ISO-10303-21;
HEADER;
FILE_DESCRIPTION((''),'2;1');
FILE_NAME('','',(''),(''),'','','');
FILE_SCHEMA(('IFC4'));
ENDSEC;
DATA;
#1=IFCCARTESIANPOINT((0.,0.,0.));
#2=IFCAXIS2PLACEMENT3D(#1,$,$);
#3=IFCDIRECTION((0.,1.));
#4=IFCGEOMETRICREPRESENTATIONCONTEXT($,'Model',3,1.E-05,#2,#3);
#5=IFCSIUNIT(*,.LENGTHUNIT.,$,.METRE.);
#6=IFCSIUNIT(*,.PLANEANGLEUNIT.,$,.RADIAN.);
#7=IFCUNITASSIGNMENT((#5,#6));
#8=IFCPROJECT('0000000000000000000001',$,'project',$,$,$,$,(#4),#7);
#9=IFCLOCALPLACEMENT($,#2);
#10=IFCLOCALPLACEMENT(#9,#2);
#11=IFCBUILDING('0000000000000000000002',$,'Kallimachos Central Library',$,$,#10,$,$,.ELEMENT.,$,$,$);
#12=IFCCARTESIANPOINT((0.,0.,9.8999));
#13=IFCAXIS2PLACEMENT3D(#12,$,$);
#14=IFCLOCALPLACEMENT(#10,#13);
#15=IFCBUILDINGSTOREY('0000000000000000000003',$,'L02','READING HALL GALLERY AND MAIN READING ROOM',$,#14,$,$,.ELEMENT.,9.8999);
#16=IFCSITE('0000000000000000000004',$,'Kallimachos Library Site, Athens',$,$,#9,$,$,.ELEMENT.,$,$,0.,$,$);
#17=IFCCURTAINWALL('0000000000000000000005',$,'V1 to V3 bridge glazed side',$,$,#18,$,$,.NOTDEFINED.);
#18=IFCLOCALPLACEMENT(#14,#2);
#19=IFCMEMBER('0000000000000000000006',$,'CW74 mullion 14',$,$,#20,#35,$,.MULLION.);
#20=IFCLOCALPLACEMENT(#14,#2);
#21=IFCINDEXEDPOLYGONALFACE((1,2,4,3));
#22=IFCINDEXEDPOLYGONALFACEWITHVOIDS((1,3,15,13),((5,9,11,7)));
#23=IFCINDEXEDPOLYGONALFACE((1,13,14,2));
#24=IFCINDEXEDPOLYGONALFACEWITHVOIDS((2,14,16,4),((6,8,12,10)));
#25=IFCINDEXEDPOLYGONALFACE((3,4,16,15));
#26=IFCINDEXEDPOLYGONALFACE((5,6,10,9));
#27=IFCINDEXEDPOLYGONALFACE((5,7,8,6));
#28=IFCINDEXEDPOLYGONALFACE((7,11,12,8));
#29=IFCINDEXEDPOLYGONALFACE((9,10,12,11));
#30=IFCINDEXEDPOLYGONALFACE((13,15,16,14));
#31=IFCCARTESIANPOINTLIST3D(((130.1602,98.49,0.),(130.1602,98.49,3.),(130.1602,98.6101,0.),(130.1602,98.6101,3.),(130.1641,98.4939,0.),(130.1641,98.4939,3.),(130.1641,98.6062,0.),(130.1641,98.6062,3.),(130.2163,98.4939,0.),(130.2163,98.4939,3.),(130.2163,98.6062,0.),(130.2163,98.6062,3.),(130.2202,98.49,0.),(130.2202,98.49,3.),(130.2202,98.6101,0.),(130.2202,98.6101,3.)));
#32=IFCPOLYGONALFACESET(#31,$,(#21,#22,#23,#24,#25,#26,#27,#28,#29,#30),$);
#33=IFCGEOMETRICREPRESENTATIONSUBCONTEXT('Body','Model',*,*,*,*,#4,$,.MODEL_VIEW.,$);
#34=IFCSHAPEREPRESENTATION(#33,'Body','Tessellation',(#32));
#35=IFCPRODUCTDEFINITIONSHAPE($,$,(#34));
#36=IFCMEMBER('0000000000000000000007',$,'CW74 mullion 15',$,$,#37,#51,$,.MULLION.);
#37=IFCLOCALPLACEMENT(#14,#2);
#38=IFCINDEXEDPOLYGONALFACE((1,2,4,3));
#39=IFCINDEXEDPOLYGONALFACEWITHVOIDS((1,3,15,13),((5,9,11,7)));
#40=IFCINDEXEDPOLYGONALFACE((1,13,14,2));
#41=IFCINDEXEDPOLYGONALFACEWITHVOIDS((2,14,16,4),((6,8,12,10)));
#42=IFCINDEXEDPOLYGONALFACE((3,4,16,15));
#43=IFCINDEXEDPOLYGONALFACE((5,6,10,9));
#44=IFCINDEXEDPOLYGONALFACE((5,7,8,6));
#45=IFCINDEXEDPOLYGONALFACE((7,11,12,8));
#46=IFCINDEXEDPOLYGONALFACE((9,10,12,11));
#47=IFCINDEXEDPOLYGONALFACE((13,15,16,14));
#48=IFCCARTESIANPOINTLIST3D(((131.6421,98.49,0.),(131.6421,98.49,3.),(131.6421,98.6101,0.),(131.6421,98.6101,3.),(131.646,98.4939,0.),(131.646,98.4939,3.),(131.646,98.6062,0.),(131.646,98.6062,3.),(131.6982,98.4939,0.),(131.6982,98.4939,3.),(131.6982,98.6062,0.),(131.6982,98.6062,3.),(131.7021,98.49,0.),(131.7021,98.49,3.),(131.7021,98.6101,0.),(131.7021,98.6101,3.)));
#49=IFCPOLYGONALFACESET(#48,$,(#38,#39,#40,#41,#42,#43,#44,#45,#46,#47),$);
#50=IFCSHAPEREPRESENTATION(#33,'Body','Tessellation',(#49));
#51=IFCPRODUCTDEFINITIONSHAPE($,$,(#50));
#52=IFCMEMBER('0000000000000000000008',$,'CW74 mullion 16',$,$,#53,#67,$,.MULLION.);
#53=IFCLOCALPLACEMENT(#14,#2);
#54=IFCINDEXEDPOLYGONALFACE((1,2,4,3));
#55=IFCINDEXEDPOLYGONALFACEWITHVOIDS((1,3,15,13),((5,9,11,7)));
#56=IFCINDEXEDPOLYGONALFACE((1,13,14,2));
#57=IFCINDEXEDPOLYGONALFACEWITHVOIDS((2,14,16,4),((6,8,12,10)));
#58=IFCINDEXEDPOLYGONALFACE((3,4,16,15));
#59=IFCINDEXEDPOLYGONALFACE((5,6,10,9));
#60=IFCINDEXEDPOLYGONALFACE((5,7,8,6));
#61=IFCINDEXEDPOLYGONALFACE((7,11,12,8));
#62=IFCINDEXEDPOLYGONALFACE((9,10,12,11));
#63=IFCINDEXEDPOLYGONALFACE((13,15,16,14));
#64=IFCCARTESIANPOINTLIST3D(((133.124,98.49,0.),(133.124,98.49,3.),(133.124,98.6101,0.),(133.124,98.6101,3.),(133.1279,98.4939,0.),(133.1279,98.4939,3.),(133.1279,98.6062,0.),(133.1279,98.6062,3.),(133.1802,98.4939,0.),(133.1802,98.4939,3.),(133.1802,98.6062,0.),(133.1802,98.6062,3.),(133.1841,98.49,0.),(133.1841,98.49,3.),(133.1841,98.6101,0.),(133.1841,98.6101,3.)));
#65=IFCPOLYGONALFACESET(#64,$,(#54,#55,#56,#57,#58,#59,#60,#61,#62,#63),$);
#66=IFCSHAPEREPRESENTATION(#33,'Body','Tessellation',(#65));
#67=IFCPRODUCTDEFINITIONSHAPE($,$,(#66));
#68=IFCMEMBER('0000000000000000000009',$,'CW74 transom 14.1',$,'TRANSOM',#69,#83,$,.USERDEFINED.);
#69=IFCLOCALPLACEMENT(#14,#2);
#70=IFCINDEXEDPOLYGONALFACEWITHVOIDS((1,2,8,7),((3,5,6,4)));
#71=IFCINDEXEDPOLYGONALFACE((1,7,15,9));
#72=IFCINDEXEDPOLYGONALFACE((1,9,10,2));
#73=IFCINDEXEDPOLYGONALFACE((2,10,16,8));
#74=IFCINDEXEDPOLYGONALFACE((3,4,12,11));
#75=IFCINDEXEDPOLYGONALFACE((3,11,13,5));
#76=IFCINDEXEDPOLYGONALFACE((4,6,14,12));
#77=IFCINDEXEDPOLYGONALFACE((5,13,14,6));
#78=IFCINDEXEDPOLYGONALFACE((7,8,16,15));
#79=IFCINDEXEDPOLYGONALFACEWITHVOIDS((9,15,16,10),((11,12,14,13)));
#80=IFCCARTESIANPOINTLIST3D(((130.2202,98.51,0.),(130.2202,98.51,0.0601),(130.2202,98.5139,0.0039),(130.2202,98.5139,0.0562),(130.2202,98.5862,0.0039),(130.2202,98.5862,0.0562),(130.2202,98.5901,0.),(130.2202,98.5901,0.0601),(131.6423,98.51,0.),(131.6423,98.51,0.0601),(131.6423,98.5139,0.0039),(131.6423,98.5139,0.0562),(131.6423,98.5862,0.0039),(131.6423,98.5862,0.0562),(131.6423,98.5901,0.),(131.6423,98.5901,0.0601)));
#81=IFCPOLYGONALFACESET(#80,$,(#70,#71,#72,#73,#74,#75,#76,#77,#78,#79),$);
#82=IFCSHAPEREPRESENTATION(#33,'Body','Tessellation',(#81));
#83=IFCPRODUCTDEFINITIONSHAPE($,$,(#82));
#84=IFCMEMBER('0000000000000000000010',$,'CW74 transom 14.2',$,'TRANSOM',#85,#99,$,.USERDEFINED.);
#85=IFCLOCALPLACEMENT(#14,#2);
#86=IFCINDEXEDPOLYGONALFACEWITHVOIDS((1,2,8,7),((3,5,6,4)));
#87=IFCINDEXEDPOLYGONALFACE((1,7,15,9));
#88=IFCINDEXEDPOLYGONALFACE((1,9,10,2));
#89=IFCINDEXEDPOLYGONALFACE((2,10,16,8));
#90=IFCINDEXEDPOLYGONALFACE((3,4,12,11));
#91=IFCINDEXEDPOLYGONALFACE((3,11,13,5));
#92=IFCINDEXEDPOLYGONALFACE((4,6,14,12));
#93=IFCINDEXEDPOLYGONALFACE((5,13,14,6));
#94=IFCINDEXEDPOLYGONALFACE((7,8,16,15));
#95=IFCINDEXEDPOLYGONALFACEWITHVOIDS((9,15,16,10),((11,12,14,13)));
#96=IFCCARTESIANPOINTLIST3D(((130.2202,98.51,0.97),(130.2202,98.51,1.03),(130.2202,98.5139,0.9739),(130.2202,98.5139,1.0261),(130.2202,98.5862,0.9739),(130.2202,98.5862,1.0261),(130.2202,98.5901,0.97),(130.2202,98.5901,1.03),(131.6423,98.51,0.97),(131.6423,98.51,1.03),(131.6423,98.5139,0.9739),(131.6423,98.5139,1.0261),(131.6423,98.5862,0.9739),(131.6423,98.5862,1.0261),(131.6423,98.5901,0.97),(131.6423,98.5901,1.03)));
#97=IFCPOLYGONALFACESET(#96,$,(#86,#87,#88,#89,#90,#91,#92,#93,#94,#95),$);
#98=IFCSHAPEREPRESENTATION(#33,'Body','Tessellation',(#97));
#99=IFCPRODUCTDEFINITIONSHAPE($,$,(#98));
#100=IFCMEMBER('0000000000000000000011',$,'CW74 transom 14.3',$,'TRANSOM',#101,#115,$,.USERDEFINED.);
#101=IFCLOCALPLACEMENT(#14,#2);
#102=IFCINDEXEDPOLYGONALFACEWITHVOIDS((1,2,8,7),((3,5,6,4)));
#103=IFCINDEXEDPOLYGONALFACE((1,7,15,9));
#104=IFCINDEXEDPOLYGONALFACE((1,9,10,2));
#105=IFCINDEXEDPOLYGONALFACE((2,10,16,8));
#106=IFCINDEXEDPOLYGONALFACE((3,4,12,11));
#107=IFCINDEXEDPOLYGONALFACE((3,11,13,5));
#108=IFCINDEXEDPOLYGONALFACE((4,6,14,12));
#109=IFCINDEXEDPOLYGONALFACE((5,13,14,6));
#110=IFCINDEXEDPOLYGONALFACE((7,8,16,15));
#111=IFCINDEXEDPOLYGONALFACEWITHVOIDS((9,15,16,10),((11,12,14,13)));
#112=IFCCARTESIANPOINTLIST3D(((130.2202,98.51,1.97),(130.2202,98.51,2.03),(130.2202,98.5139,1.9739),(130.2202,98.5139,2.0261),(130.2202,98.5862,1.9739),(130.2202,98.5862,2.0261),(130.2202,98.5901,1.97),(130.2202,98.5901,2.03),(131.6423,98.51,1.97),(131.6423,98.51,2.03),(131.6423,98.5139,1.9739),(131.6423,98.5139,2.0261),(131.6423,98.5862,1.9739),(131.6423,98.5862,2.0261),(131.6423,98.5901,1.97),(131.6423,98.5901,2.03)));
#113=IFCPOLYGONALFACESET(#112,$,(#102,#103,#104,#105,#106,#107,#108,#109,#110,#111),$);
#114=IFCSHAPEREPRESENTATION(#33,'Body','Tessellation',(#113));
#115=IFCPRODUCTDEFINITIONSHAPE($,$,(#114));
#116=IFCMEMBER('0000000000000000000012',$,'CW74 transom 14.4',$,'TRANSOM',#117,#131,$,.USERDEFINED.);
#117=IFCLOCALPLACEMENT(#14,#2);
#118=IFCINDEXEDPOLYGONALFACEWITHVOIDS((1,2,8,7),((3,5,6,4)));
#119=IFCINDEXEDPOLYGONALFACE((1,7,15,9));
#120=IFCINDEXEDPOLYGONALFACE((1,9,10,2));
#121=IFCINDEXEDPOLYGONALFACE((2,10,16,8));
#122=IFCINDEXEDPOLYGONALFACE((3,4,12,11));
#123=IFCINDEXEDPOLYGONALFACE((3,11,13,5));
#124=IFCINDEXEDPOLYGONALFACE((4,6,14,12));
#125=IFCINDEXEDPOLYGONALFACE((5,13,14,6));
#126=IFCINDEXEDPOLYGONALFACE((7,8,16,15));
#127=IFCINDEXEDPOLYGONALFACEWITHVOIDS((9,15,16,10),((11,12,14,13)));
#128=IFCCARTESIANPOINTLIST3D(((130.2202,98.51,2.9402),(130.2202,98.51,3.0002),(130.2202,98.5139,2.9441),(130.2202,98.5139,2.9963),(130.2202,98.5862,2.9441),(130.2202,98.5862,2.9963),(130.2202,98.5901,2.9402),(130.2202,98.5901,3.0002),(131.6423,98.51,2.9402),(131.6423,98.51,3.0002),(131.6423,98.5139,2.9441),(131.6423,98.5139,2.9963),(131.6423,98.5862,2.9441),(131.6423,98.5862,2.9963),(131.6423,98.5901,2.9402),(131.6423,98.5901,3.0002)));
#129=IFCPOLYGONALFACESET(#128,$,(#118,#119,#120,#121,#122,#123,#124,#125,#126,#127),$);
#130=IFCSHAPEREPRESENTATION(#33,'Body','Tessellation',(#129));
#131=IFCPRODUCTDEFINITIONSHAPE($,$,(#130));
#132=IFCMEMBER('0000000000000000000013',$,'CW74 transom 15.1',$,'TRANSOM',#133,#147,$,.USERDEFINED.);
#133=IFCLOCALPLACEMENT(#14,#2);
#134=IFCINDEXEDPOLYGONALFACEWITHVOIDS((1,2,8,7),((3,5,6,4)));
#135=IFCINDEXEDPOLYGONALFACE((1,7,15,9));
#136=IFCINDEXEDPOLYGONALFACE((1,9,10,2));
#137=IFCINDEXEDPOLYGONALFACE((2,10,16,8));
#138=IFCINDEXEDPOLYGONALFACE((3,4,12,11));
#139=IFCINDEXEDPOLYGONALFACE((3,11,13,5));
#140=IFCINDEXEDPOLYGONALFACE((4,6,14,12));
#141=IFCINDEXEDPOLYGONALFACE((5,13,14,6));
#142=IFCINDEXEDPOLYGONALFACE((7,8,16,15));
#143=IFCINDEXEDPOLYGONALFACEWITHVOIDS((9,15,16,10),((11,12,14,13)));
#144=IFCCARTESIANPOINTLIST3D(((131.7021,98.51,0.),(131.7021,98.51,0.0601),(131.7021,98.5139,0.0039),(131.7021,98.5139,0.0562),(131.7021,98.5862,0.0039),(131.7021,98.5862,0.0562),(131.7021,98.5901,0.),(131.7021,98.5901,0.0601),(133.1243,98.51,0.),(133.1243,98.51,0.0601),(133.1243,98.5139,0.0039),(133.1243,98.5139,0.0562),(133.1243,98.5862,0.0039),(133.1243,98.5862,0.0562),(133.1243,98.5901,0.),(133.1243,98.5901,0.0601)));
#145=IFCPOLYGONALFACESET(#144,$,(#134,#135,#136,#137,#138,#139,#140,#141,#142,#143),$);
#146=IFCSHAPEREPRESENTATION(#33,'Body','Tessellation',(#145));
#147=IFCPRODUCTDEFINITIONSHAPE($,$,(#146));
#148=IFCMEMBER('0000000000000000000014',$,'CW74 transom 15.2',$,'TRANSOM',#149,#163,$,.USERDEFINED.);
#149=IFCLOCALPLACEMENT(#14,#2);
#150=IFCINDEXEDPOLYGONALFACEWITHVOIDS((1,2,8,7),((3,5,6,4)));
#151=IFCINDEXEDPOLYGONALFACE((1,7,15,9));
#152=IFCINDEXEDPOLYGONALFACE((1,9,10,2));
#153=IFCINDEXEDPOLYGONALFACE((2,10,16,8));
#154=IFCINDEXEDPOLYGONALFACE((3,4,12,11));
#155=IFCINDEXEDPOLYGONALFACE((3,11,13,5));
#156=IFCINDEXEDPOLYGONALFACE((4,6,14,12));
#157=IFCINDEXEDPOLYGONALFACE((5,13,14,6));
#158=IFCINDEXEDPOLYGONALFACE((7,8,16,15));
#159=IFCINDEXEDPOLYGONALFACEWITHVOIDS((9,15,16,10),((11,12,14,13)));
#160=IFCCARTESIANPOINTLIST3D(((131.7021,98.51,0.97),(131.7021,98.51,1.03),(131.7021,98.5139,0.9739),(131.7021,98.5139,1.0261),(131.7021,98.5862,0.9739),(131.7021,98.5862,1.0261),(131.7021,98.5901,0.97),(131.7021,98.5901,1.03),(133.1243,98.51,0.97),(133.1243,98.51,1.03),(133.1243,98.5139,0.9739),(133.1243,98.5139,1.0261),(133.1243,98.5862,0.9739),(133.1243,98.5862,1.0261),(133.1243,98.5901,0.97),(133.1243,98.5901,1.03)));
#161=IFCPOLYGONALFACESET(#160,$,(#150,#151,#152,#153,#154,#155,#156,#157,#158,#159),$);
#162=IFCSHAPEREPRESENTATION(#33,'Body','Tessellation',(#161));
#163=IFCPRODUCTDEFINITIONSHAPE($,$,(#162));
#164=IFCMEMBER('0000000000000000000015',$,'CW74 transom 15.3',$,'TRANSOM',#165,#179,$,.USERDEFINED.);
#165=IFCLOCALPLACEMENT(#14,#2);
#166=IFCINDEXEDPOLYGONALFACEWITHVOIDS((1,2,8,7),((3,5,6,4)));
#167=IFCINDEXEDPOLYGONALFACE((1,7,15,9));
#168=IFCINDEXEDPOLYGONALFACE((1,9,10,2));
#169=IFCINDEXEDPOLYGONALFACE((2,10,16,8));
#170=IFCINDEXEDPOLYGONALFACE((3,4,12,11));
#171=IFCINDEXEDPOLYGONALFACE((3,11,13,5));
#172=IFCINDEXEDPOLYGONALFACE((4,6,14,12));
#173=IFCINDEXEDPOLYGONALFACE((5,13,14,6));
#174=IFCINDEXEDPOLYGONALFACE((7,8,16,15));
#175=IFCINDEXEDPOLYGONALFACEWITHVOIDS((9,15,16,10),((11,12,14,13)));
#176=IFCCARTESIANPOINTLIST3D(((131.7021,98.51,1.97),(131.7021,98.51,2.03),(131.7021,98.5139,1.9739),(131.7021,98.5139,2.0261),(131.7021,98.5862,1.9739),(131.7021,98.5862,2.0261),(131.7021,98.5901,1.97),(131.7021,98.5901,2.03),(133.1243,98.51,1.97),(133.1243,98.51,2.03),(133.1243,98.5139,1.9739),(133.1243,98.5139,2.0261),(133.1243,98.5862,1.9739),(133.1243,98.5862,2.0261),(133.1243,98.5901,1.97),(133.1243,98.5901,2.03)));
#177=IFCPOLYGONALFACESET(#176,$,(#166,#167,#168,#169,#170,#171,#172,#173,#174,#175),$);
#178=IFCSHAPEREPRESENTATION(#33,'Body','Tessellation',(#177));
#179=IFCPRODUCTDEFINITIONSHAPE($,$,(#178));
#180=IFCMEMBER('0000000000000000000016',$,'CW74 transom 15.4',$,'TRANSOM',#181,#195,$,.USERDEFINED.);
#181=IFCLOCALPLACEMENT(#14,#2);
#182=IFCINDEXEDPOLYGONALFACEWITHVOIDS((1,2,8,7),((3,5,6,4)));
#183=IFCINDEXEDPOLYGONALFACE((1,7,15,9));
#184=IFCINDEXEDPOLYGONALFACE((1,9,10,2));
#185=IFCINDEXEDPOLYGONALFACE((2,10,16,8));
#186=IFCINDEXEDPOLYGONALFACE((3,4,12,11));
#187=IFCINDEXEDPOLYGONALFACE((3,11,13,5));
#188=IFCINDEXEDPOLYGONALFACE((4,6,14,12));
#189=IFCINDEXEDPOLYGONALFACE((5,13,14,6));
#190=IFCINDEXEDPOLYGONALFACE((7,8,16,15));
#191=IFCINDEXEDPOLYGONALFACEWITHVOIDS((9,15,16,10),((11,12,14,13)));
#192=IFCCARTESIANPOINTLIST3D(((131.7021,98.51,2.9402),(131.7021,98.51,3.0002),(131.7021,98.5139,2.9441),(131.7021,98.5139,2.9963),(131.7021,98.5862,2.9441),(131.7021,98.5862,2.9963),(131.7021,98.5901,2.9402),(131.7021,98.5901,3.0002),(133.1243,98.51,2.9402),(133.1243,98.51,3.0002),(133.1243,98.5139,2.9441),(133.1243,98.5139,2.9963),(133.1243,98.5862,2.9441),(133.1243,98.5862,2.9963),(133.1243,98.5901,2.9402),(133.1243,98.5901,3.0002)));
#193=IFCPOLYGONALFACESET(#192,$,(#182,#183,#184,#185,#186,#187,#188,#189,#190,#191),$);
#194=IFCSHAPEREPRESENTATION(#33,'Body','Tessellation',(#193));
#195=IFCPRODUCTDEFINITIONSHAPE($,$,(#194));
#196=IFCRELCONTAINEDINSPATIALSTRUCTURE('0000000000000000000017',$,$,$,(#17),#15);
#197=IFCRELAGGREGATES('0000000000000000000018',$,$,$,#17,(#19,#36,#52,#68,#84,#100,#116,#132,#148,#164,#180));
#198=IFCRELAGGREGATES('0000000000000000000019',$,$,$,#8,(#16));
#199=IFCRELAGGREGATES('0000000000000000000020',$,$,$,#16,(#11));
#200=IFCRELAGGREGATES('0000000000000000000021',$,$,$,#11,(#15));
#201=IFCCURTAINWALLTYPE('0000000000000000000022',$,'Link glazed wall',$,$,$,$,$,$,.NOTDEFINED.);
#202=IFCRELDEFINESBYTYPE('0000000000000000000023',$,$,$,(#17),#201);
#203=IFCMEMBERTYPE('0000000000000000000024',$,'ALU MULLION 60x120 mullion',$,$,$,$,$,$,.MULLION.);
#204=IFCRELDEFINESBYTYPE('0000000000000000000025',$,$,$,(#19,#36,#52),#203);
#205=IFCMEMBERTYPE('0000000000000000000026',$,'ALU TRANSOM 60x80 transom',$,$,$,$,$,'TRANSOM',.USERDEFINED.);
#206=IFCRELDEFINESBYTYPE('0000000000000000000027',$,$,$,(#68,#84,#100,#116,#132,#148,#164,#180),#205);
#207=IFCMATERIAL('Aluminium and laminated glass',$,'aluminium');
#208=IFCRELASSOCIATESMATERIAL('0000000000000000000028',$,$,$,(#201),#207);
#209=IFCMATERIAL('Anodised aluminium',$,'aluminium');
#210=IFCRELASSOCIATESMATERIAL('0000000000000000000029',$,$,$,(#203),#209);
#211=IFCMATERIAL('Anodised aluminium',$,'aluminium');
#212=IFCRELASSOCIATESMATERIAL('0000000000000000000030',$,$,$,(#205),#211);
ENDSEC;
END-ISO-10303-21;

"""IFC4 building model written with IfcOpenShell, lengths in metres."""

from ifc_helpers import new_model, si_unit, direction, frame, origin, origin_2d, place, context, subcontext, project, spatial, hollow_rectangle, extrude, material, material_profile, profile_set, type_object, element, aggregate, save


model = new_model("IFC4")

# Units and contexts
model_context = context("Model", 3, precision=1e-05, world=origin(), true_north=direction((0.0, 1.0)))
body_context = subcontext(model_context, "Body", "Model", "MODEL_VIEW")
ifc_project = project(units=[si_unit("LENGTHUNIT", "METRE"), si_unit("PLANEANGLEUNIT", "RADIAN")], contexts=[model_context])

# Site, building, storey
site_placement = place(None, origin())
site = spatial("IfcSite", under=ifc_project, at=site_placement, Name="Kallimachos Library Site, Athens", CompositionType="ELEMENT", RefElevation=0.0)
building_placement = place(site_placement, origin())
building = spatial("IfcBuilding", under=site, at=building_placement, Name="Kallimachos Central Library", CompositionType="ELEMENT")
storey_placement = place(building_placement, frame((0.0, 0.0, 9.8999)))
storey = spatial("IfcBuildingStorey", under=building, at=storey_placement, Name="L02", Description="READING HALL GALLERY AND MAIN READING ROOM", CompositionType="ELEMENT", Elevation=9.8999)

# Curtain wall, members
ifc_material_1 = material(Name="Aluminium and laminated glass", Category="aluminium")
curtain_wall_type = type_object("IfcCurtainWallType", Name="Link glazed wall", PredefinedType="NOTDEFINED", material=ifc_material_1)
curtain_wall_placement = place(storey_placement, origin())
curtain_wall = element("IfcCurtainWall", 1, at=curtain_wall_placement, inside=storey, type_object=curtain_wall_type, Name="V1 to V3 bridge glazed side", PredefinedType="NOTDEFINED")
ifc_material_2 = material(Name="Anodised aluminium", Category="aluminium")
ifc_material_profile_1 = material_profile(ifc_material_2, hollow_rectangle(XDim=0.0601, YDim=0.1201, WallThickness=0.0039, at=origin_2d()), Name="ALU MULLION 60x120")
ifc_profile_set_1 = profile_set([ifc_material_profile_1], Name="Anodised aluminium")
member_type_1 = type_object("IfcMemberType", Name="ALU MULLION 60x120 mullion", PredefinedType="MULLION", material=ifc_profile_set_1)
member_1_placement = place(storey_placement, frame((130.1902, 98.55, 0.0), z_axis=(0.0, 0.0, 1.0), x_axis=(1.0, 0.0, 0.0)))
member_1 = element("IfcMember", 2, at=member_1_placement, type_object=member_type_1, Name="CW74 mullion 14", PredefinedType="MULLION", context=body_context, shape_type="SweptSolid", body=[
    extrude(hollow_rectangle(XDim=0.0601, YDim=0.1201, WallThickness=0.0039, at=origin_2d()), origin(), (0.0, 0.0, 1.0), 3.0),
])
member_2_placement = place(storey_placement, frame((131.6721, 98.55, 0.0), z_axis=(0.0, 0.0, 1.0), x_axis=(1.0, 0.0, 0.0)))
member_2 = element("IfcMember", 3, at=member_2_placement, type_object=member_type_1, Name="CW74 mullion 15", PredefinedType="MULLION", context=body_context, shape_type="SweptSolid", body=[
    extrude(hollow_rectangle(XDim=0.0601, YDim=0.1201, WallThickness=0.0039, at=origin_2d()), origin(), (0.0, 0.0, 1.0), 3.0),
])
member_3_placement = place(storey_placement, frame((133.1541, 98.55, 0.0), z_axis=(0.0, 0.0, 1.0), x_axis=(1.0, 0.0, 0.0)))
member_3 = element("IfcMember", 4, at=member_3_placement, type_object=member_type_1, Name="CW74 mullion 16", PredefinedType="MULLION", context=body_context, shape_type="SweptSolid", body=[
    extrude(hollow_rectangle(XDim=0.0601, YDim=0.1201, WallThickness=0.0039, at=origin_2d()), origin(), (0.0, 0.0, 1.0), 3.0),
])
ifc_material_3 = material(Name="Anodised aluminium", Category="aluminium")
ifc_material_profile_2 = material_profile(ifc_material_3, hollow_rectangle(XDim=0.0601, YDim=0.0801, WallThickness=0.0039, at=origin_2d()), Name="ALU TRANSOM 60x80")
ifc_profile_set_2 = profile_set([ifc_material_profile_2], Name="Anodised aluminium")
member_type_2 = type_object("IfcMemberType", Name="ALU TRANSOM 60x80 transom", ElementType="TRANSOM", PredefinedType="USERDEFINED", material=ifc_profile_set_2)
member_4_placement = place(storey_placement, frame((130.2202, 98.55, 0.03), z_axis=(1.0, 0.0, 0.0), x_axis=(0.0, 0.0, 1.0)))
member_4 = element("IfcMember", 5, at=member_4_placement, type_object=member_type_2, Name="CW74 transom 14.1", ObjectType="TRANSOM", PredefinedType="USERDEFINED", context=body_context, shape_type="SweptSolid", body=[
    extrude(hollow_rectangle(XDim=0.0601, YDim=0.0801, WallThickness=0.0039, at=origin_2d()), origin(), (0.0, 0.0, 1.0), 1.4221),
])
member_5_placement = place(storey_placement, frame((130.2202, 98.55, 1.0), z_axis=(1.0, 0.0, 0.0), x_axis=(0.0, 0.0, 1.0)))
member_5 = element("IfcMember", 6, at=member_5_placement, type_object=member_type_2, Name="CW74 transom 14.2", ObjectType="TRANSOM", PredefinedType="USERDEFINED", context=body_context, shape_type="SweptSolid", body=[
    extrude(hollow_rectangle(XDim=0.0601, YDim=0.0801, WallThickness=0.0039, at=origin_2d()), origin(), (0.0, 0.0, 1.0), 1.4221),
])
member_6_placement = place(storey_placement, frame((130.2202, 98.55, 2.0), z_axis=(1.0, 0.0, 0.0), x_axis=(0.0, 0.0, 1.0)))
member_6 = element("IfcMember", 7, at=member_6_placement, type_object=member_type_2, Name="CW74 transom 14.3", ObjectType="TRANSOM", PredefinedType="USERDEFINED", context=body_context, shape_type="SweptSolid", body=[
    extrude(hollow_rectangle(XDim=0.0601, YDim=0.0801, WallThickness=0.0039, at=origin_2d()), origin(), (0.0, 0.0, 1.0), 1.4221),
])
member_7_placement = place(storey_placement, frame((130.2202, 98.55, 2.9702), z_axis=(1.0, 0.0, 0.0), x_axis=(0.0, 0.0, 1.0)))
member_7 = element("IfcMember", 8, at=member_7_placement, type_object=member_type_2, Name="CW74 transom 14.4", ObjectType="TRANSOM", PredefinedType="USERDEFINED", context=body_context, shape_type="SweptSolid", body=[
    extrude(hollow_rectangle(XDim=0.0601, YDim=0.0801, WallThickness=0.0039, at=origin_2d()), origin(), (0.0, 0.0, 1.0), 1.4221),
])
member_8_placement = place(storey_placement, frame((131.7021, 98.55, 0.03), z_axis=(1.0, 0.0, 0.0), x_axis=(0.0, 0.0, 1.0)))
member_8 = element("IfcMember", 9, at=member_8_placement, type_object=member_type_2, Name="CW74 transom 15.1", ObjectType="TRANSOM", PredefinedType="USERDEFINED", context=body_context, shape_type="SweptSolid", body=[
    extrude(hollow_rectangle(XDim=0.0601, YDim=0.0801, WallThickness=0.0039, at=origin_2d()), origin(), (0.0, 0.0, 1.0), 1.4221),
])
member_9_placement = place(storey_placement, frame((131.7021, 98.55, 1.0), z_axis=(1.0, 0.0, 0.0), x_axis=(0.0, 0.0, 1.0)))
member_9 = element("IfcMember", 10, at=member_9_placement, type_object=member_type_2, Name="CW74 transom 15.2", ObjectType="TRANSOM", PredefinedType="USERDEFINED", context=body_context, shape_type="SweptSolid", body=[
    extrude(hollow_rectangle(XDim=0.0601, YDim=0.0801, WallThickness=0.0039, at=origin_2d()), origin(), (0.0, 0.0, 1.0), 1.4221),
])
member_10_placement = place(storey_placement, frame((131.7021, 98.55, 2.0), z_axis=(1.0, 0.0, 0.0), x_axis=(0.0, 0.0, 1.0)))
member_10 = element("IfcMember", 11, at=member_10_placement, type_object=member_type_2, Name="CW74 transom 15.3", ObjectType="TRANSOM", PredefinedType="USERDEFINED", context=body_context, shape_type="SweptSolid", body=[
    extrude(hollow_rectangle(XDim=0.0601, YDim=0.0801, WallThickness=0.0039, at=origin_2d()), origin(), (0.0, 0.0, 1.0), 1.4221),
])
member_11_placement = place(storey_placement, frame((131.7021, 98.55, 2.9702), z_axis=(1.0, 0.0, 0.0), x_axis=(0.0, 0.0, 1.0)))
member_11 = element("IfcMember", 12, at=member_11_placement, type_object=member_type_2, Name="CW74 transom 15.4", ObjectType="TRANSOM", PredefinedType="USERDEFINED", context=body_context, shape_type="SweptSolid", body=[
    extrude(hollow_rectangle(XDim=0.0601, YDim=0.0801, WallThickness=0.0039, at=origin_2d()), origin(), (0.0, 0.0, 1.0), 1.4221),
])

aggregate(curtain_wall, [member_1, member_2, member_3, member_4, member_5, member_6, member_7, member_8, member_9, member_10, member_11])

save(model, "model.ifc")
